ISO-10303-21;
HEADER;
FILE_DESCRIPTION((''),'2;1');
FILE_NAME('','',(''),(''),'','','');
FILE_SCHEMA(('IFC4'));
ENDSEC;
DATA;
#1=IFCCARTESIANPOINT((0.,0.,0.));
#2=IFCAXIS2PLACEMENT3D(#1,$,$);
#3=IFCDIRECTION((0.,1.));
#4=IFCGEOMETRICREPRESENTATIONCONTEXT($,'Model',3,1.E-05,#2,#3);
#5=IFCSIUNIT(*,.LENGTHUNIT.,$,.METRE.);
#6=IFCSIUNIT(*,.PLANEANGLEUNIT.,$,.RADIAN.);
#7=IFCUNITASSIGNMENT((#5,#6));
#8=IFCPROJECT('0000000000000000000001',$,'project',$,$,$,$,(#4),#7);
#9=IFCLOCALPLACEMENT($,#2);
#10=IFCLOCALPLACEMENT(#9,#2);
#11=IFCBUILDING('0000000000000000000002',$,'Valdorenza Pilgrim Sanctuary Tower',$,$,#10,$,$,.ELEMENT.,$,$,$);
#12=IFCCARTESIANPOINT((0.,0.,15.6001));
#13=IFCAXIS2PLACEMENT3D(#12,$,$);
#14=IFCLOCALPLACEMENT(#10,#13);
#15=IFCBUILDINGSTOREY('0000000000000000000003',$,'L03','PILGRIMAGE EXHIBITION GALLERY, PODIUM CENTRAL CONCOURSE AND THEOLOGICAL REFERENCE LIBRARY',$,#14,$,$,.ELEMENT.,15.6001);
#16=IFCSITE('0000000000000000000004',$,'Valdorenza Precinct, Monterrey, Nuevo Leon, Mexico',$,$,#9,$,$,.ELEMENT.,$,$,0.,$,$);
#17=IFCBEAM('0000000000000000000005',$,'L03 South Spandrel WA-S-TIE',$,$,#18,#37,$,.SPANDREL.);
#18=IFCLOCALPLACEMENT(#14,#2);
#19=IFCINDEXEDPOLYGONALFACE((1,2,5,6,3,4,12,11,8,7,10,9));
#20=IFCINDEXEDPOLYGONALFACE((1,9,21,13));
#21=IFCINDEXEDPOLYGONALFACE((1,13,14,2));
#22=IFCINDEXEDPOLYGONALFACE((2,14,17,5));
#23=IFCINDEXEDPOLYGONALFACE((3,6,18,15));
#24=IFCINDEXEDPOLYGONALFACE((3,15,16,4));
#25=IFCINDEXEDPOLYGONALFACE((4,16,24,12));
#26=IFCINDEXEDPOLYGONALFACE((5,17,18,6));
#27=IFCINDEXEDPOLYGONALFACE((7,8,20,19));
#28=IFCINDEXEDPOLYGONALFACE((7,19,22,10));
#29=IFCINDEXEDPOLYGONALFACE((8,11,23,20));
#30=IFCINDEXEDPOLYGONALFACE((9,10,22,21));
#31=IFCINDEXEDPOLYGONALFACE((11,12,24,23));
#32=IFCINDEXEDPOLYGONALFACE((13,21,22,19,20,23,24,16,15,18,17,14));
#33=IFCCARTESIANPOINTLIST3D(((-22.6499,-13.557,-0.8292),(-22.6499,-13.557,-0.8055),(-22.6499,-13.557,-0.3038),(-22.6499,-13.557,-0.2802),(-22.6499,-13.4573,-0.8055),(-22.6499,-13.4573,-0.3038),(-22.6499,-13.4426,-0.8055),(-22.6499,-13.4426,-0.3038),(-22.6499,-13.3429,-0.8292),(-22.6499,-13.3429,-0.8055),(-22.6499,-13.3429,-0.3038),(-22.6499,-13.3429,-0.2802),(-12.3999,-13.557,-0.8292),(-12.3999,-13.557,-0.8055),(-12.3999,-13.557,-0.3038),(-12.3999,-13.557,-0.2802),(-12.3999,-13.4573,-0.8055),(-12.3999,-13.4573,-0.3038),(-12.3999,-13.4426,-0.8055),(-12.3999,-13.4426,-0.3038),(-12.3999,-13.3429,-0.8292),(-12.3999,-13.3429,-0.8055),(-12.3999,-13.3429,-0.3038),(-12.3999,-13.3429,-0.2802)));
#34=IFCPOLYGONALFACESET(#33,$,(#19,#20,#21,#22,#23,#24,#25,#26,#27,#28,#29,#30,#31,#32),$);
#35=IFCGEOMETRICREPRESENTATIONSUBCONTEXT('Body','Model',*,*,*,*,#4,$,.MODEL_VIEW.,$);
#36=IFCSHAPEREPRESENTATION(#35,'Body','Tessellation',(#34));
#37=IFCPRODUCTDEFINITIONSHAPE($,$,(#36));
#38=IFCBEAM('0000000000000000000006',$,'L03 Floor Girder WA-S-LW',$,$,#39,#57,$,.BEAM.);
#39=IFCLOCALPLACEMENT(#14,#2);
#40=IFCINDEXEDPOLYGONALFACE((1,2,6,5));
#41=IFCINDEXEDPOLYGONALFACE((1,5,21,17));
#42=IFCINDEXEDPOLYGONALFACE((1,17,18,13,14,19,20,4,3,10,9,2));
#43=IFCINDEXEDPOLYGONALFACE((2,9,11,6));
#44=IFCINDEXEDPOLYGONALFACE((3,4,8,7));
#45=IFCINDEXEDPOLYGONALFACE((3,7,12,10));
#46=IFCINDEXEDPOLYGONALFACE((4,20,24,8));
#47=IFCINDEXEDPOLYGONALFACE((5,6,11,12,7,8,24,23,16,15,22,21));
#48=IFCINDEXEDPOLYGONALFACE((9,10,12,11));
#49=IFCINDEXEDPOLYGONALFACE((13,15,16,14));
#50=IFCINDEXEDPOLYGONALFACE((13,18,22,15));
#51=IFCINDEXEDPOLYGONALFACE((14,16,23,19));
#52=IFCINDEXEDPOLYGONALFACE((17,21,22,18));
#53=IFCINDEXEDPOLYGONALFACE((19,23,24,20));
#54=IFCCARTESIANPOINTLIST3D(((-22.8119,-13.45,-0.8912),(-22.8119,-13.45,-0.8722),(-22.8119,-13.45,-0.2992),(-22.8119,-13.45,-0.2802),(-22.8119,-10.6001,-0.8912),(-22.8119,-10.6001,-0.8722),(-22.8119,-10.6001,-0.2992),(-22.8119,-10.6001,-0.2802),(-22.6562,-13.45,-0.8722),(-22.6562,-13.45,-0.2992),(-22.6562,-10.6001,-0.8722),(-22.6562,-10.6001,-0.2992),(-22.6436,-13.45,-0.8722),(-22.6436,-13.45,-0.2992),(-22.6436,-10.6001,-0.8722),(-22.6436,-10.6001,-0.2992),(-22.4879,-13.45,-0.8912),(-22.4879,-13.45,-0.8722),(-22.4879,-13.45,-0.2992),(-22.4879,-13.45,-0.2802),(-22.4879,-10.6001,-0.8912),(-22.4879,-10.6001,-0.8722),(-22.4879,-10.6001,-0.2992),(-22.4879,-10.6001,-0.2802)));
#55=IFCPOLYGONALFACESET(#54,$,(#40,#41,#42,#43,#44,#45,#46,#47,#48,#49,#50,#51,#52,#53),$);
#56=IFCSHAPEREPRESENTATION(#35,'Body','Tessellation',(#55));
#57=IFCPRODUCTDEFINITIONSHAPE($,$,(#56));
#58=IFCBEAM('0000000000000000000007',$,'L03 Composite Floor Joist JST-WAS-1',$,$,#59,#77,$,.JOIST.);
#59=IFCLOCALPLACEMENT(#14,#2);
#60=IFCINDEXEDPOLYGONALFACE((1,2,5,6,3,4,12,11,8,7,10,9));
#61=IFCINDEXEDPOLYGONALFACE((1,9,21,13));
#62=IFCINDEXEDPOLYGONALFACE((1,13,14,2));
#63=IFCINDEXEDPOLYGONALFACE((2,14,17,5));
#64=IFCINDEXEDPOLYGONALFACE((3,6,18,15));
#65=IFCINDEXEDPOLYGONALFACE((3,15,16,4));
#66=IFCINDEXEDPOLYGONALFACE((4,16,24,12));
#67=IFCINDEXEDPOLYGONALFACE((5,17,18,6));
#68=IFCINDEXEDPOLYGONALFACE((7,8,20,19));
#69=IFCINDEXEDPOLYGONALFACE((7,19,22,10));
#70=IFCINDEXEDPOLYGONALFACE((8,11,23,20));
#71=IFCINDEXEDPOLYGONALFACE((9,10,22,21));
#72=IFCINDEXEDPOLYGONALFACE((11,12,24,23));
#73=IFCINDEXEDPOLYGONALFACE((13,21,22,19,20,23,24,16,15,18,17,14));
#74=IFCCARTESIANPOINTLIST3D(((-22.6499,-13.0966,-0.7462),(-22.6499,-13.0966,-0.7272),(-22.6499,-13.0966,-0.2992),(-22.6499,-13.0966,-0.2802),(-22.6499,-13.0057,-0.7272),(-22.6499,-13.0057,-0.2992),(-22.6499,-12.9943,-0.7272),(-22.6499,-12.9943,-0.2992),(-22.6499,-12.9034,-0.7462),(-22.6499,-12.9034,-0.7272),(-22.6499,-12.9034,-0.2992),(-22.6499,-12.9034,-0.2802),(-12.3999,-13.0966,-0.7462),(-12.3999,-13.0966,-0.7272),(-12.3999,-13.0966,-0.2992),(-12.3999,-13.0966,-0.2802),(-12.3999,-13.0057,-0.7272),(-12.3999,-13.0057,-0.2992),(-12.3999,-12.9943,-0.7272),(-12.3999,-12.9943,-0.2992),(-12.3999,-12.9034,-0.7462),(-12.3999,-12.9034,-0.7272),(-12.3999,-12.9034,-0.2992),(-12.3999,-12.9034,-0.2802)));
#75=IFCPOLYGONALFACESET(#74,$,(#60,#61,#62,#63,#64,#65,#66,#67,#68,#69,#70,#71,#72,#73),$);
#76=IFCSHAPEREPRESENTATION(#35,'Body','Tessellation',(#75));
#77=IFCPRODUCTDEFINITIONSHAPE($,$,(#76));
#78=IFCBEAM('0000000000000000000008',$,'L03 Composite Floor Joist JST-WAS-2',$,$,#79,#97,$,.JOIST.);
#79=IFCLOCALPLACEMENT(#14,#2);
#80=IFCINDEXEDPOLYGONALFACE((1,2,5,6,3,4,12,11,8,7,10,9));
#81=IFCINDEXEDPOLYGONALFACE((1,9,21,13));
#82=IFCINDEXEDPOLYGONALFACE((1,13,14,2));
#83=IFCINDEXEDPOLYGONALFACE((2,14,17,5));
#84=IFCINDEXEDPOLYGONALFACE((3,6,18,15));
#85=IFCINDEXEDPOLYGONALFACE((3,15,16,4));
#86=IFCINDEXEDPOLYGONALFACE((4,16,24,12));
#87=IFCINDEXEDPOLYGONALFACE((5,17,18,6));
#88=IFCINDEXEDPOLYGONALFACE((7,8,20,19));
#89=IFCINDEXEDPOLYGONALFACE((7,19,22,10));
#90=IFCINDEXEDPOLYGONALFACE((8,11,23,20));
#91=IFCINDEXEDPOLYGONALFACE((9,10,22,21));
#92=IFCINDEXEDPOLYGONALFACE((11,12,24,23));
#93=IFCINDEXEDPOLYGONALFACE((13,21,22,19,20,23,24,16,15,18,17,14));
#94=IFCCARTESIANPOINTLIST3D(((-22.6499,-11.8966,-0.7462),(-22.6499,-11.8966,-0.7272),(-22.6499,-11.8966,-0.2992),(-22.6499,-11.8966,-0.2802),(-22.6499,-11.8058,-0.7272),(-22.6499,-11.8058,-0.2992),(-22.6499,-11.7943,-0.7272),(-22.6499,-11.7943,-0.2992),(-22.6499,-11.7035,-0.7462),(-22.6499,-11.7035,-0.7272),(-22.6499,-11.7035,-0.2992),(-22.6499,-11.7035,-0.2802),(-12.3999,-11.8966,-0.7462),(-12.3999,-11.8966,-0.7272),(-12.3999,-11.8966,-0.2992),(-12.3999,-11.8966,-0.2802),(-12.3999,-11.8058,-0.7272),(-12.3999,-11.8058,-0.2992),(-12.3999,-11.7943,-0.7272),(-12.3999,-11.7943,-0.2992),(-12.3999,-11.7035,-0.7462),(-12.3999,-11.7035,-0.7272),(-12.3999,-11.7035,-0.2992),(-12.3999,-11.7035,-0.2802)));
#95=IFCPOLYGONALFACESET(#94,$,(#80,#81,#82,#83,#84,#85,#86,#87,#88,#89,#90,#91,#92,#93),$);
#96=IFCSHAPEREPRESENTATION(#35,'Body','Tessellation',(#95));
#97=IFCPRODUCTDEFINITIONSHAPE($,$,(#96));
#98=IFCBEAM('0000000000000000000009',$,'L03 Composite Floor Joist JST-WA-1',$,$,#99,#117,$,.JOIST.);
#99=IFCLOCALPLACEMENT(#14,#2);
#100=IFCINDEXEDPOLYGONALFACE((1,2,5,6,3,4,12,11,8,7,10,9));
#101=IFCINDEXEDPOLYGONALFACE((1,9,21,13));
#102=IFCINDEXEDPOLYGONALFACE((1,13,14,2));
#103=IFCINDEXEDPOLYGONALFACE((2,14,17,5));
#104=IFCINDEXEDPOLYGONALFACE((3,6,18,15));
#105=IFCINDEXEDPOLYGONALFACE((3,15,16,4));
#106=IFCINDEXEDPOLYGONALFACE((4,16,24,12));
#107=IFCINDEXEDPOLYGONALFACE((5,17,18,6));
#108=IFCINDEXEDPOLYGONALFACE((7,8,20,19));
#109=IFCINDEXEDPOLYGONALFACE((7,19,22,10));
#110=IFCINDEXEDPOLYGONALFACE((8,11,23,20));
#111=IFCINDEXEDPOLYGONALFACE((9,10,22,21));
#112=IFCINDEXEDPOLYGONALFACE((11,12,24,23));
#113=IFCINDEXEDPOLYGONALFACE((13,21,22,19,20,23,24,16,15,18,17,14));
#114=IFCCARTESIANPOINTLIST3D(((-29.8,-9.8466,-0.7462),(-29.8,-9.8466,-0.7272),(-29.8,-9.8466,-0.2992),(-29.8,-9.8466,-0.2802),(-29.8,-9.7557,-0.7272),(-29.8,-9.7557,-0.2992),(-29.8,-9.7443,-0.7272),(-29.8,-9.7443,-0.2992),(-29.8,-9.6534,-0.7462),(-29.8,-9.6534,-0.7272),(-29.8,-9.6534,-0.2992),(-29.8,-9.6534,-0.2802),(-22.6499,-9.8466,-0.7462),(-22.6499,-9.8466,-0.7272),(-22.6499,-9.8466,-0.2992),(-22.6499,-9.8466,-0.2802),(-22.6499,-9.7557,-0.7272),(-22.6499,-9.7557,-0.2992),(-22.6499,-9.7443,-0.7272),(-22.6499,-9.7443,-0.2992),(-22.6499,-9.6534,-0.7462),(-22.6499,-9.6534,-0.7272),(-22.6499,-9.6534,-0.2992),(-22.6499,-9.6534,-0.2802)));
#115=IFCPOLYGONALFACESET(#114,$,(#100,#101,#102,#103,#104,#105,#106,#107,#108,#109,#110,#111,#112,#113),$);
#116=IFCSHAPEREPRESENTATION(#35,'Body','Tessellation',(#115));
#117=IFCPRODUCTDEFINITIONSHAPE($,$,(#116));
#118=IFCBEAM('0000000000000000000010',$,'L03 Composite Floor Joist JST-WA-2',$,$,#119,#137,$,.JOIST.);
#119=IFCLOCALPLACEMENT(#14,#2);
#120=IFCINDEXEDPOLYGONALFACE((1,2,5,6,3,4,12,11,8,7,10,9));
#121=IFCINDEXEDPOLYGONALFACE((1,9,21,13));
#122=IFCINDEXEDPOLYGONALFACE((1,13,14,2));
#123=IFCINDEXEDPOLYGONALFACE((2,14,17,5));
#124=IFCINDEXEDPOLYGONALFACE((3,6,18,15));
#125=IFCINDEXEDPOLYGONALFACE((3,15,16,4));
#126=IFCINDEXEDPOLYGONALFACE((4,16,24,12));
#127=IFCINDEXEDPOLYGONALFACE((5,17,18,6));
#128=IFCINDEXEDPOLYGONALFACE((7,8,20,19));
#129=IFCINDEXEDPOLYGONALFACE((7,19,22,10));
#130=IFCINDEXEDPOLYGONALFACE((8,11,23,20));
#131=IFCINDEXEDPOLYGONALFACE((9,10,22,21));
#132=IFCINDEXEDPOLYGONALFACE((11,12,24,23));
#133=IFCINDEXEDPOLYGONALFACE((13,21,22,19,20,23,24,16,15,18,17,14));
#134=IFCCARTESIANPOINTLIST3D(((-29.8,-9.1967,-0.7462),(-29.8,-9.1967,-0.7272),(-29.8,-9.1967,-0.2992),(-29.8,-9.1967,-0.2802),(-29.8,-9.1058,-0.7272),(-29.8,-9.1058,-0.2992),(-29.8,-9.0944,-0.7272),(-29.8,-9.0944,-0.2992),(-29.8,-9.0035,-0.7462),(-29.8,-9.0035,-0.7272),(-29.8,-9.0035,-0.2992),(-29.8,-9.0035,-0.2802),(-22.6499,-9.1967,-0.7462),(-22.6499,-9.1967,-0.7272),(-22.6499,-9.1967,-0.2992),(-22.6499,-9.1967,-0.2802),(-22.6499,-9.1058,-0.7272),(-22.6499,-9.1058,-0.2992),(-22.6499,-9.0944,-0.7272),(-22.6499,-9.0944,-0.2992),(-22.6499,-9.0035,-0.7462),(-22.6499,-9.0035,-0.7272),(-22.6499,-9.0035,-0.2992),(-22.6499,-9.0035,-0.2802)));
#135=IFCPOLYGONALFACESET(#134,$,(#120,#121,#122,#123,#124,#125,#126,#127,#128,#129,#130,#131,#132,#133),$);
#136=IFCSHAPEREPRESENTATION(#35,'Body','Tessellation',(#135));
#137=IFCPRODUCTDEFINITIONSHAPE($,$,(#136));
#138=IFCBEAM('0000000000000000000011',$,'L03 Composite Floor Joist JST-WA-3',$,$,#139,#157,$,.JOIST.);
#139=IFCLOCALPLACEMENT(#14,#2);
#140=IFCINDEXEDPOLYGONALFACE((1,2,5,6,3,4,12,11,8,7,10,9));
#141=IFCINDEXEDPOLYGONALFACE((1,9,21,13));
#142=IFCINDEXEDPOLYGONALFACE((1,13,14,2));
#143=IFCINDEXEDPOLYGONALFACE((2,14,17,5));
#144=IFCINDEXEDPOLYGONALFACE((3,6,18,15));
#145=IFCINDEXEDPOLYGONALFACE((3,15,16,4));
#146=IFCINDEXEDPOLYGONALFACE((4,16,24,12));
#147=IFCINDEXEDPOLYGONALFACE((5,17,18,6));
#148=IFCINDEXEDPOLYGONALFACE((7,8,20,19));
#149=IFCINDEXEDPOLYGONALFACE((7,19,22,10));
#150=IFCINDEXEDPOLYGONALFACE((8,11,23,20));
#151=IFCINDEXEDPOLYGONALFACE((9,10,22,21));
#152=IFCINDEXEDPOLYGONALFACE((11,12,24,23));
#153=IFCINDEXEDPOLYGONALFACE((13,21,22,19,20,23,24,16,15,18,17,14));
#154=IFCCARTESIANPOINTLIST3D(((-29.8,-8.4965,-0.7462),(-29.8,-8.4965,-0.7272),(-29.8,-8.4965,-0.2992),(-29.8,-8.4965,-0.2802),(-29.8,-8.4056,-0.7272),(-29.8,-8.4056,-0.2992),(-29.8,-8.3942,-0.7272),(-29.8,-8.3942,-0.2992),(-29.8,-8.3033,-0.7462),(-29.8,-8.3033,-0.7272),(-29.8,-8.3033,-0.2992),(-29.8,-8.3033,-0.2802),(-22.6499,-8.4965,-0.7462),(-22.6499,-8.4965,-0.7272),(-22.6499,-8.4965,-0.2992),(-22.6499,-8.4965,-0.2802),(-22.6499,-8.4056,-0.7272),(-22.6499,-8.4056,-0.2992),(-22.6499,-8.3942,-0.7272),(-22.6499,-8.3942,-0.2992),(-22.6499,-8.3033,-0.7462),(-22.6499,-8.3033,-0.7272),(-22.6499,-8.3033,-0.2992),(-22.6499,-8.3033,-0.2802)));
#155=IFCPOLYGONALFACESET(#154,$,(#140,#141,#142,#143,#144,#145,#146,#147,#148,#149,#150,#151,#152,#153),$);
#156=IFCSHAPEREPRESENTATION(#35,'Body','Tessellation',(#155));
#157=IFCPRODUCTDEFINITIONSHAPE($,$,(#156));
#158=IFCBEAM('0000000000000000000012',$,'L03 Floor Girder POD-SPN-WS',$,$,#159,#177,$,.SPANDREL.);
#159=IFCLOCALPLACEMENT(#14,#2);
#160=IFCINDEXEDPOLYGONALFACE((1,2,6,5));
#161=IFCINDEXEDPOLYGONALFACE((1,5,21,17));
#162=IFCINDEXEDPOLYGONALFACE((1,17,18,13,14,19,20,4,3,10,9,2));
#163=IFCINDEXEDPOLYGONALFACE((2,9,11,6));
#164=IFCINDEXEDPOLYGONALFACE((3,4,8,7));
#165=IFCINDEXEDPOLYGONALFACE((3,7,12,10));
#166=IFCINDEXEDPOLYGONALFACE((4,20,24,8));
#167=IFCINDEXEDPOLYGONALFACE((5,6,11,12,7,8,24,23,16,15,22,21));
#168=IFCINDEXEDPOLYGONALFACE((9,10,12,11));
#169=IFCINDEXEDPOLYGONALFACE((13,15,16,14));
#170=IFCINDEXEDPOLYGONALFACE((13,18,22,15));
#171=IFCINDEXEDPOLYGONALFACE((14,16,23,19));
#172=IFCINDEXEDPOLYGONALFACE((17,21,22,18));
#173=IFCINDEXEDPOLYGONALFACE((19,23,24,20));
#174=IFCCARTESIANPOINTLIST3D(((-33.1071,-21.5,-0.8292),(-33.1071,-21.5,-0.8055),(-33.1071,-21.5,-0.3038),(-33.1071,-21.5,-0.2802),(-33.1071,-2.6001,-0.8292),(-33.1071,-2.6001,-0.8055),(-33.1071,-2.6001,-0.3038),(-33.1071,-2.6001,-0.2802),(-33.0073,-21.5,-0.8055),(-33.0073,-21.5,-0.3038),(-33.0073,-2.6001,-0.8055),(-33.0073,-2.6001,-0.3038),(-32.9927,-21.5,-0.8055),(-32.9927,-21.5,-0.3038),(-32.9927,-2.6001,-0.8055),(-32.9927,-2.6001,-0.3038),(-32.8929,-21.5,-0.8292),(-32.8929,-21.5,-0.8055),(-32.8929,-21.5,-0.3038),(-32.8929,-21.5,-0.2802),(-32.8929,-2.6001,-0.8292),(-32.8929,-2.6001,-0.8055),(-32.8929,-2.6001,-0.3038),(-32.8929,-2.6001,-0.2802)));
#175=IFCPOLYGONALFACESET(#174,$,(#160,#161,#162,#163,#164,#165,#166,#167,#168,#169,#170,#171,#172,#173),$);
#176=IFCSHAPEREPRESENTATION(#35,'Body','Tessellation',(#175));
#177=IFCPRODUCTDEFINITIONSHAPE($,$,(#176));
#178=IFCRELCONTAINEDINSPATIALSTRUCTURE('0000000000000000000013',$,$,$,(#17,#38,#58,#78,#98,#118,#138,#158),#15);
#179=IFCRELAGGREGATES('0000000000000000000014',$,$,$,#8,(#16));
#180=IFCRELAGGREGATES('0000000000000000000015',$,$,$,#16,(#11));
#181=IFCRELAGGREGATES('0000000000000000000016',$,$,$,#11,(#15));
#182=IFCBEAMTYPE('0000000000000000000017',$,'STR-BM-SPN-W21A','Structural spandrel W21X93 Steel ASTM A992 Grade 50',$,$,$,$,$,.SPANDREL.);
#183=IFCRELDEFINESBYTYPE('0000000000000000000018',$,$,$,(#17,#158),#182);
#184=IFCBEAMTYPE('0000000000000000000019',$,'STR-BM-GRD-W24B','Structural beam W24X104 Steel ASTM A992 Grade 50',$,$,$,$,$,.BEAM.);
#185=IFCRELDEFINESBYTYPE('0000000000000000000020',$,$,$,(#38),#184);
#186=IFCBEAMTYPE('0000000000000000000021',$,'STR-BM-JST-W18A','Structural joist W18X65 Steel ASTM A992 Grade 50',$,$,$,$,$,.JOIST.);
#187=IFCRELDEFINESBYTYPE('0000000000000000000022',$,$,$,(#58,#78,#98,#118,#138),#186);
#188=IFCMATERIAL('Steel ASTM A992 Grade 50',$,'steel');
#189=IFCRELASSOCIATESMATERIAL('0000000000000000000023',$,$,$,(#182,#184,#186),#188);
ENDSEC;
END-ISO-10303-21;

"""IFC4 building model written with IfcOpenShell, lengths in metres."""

from ifc_helpers import new_model, si_unit, direction, frame, origin, origin_2d, place, context, subcontext, project, spatial, i_section, extrude, source, transform, mapped, material, material_profile, profile_set, type_object, element, save


model = new_model("IFC4")

# Units and contexts
model_context = context("Model", 3, precision=1e-05, world=origin(), true_north=direction((0.0, 1.0)))
body_context = subcontext(model_context, "Body", "Model", "MODEL_VIEW")
ifc_project = project(units=[si_unit("LENGTHUNIT", "METRE"), si_unit("PLANEANGLEUNIT", "RADIAN")], contexts=[model_context])

# Site, building, storey
site_placement = place(None, origin())
site = spatial("IfcSite", under=ifc_project, at=site_placement, Name="Valdorenza Precinct, Monterrey, Nuevo Leon, Mexico", CompositionType="ELEMENT", RefElevation=0.0)
building_placement = place(site_placement, origin())
building = spatial("IfcBuilding", under=site, at=building_placement, Name="Valdorenza Pilgrim Sanctuary Tower", CompositionType="ELEMENT")
storey_placement = place(building_placement, frame((0.0, 0.0, 15.6001)))
storey = spatial("IfcBuildingStorey", under=building, at=storey_placement, Name="L03", Description="PILGRIMAGE EXHIBITION GALLERY, PODIUM CENTRAL CONCOURSE AND THEOLOGICAL REFERENCE LIBRARY", CompositionType="ELEMENT", Elevation=15.6001)

# Shared definitions
ifc_material_1 = material(Name="Steel ASTM A992 Grade 50", Category="steel")

# Beams
ifc_material_profile_1 = material_profile(ifc_material_1, i_section(OverallWidth=0.2141, OverallDepth=0.5491, WebThickness=0.0146, FlangeThickness=0.0237, at=origin_2d()), Name="W21X93")
ifc_profile_set_1 = profile_set([ifc_material_profile_1], Name="Steel ASTM A992 Grade 50")
beam_type_1 = type_object("IfcBeamType", Name="STR-BM-SPN-W21A", Description="Structural spandrel W21X93 Steel ASTM A992 Grade 50", PredefinedType="SPANDREL", material=ifc_profile_set_1)
ifc_material_profile_2 = material_profile(ifc_material_1, i_section(OverallWidth=0.324, OverallDepth=0.6111, WebThickness=0.0127, FlangeThickness=0.019, at=origin_2d()), Name="W24X104")
ifc_profile_set_2 = profile_set([ifc_material_profile_2], Name="Steel ASTM A992 Grade 50")
beam_type_2 = type_object("IfcBeamType", Name="STR-BM-GRD-W24B", Description="Structural beam W24X104 Steel ASTM A992 Grade 50", PredefinedType="BEAM", material=ifc_profile_set_2)
shared_shape_1 = source(origin(), body_context, "Body", "SweptSolid", [
    extrude(i_section(OverallWidth=0.2141, OverallDepth=0.5491, WebThickness=0.0146, FlangeThickness=0.0237, at=origin_2d()), origin(), (0.0, 0.0, 1.0), 10.25),
])
beam_1_placement = place(storey_placement, frame((-22.6499, -13.45, -0.5547), z_axis=(1.0, 0.0, 0.0), x_axis=(0.0, 1.0, 0.0)))
element("IfcBeam", 1, at=beam_1_placement, inside=storey, type_object=beam_type_1, Name="L03 South Spandrel WA-S-TIE", PredefinedType="SPANDREL", context=body_context, shape_type="MappedRepresentation", body=[
    mapped(shared_shape_1, transform((0.0, 0.0, 0.0), x_axis=(1.0, 0.0, 0.0), y_axis=(0.0, 1.0, 0.0), z_axis=(0.0, 0.0, 1.0), scale=1.0)),
])
shared_shape_2 = source(origin(), body_context, "Body", "SweptSolid", [
    extrude(i_section(OverallWidth=0.324, OverallDepth=0.6111, WebThickness=0.0127, FlangeThickness=0.019, at=origin_2d()), origin(), (0.0, 0.0, 1.0), 2.8499),
])
beam_2_placement = place(storey_placement, frame((-22.6499, -13.45, -0.5857), z_axis=(0.0, 1.0, 0.0), x_axis=(-1.0, 0.0, 0.0)))
element("IfcBeam", 2, at=beam_2_placement, inside=storey, type_object=beam_type_2, Name="L03 Floor Girder WA-S-LW", PredefinedType="BEAM", context=body_context, shape_type="MappedRepresentation", body=[
    mapped(shared_shape_2, transform((0.0, 0.0, 0.0), x_axis=(1.0, 0.0, 0.0), y_axis=(0.0, 1.0, 0.0), z_axis=(0.0, 0.0, 1.0), scale=1.0)),
])
ifc_material_profile_3 = material_profile(ifc_material_1, i_section(OverallWidth=0.1931, OverallDepth=0.4661, WebThickness=0.0115, FlangeThickness=0.019, at=origin_2d()), Name="W18X65")
ifc_profile_set_3 = profile_set([ifc_material_profile_3], Name="Steel ASTM A992 Grade 50")
beam_type_3 = type_object("IfcBeamType", Name="STR-BM-JST-W18A", Description="Structural joist W18X65 Steel ASTM A992 Grade 50", PredefinedType="JOIST", material=ifc_profile_set_3)
shared_shape_3 = source(origin(), body_context, "Body", "SweptSolid", [
    extrude(i_section(OverallWidth=0.1931, OverallDepth=0.4661, WebThickness=0.0115, FlangeThickness=0.019, at=origin_2d()), origin(), (0.0, 0.0, 1.0), 10.25),
])
for number, where, z_axis, x_axis, name in (
    (3, (-22.6499, -13.0, -0.5132), (1.0, 0.0, 0.0), (0.0, 1.0, 0.0), "L03 Composite Floor Joist JST-WAS-1"),
    (4, (-22.6499, -11.8, -0.5132), (1.0, 0.0, 0.0), (0.0, 1.0, 0.0), "L03 Composite Floor Joist JST-WAS-2"),
):
    element("IfcBeam", number, at=place(storey_placement, frame(where, z_axis=z_axis, x_axis=x_axis)), inside=storey, type_object=beam_type_3, Name=name, PredefinedType="JOIST", context=body_context, shape_type="MappedRepresentation", body=[
        mapped(shared_shape_3, transform((0.0, 0.0, 0.0), x_axis=(1.0, 0.0, 0.0), y_axis=(0.0, 1.0, 0.0), z_axis=(0.0, 0.0, 1.0), scale=1.0)),
    ])
shared_shape_4 = source(origin(), body_context, "Body", "SweptSolid", [
    extrude(i_section(OverallWidth=0.1931, OverallDepth=0.4661, WebThickness=0.0115, FlangeThickness=0.019, at=origin_2d()), origin(), (0.0, 0.0, 1.0), 7.1501),
])
for number, where, z_axis, x_axis, name in (
    (5, (-29.8, -9.75, -0.5132), (1.0, 0.0, 0.0), (0.0, 1.0, 0.0), "L03 Composite Floor Joist JST-WA-1"),
    (6, (-29.8, -9.1001, -0.5132), (1.0, 0.0, 0.0), (0.0, 1.0, 0.0), "L03 Composite Floor Joist JST-WA-2"),
    (7, (-29.8, -8.3999, -0.5132), (1.0, 0.0, 0.0), (0.0, 1.0, 0.0), "L03 Composite Floor Joist JST-WA-3"),
):
    element("IfcBeam", number, at=place(storey_placement, frame(where, z_axis=z_axis, x_axis=x_axis)), inside=storey, type_object=beam_type_3, Name=name, PredefinedType="JOIST", context=body_context, shape_type="MappedRepresentation", body=[
        mapped(shared_shape_4, transform((0.0, 0.0, 0.0), x_axis=(1.0, 0.0, 0.0), y_axis=(0.0, 1.0, 0.0), z_axis=(0.0, 0.0, 1.0), scale=1.0)),
    ])
shared_shape_5 = source(origin(), body_context, "Body", "SweptSolid", [
    extrude(i_section(OverallWidth=0.2141, OverallDepth=0.5491, WebThickness=0.0146, FlangeThickness=0.0237, at=origin_2d()), origin(), (0.0, 0.0, 1.0), 18.8999),
])
beam_3_placement = place(storey_placement, frame((-33.0, -21.5, -0.5547), z_axis=(0.0, 1.0, 0.0), x_axis=(-1.0, 0.0, 0.0)))
element("IfcBeam", 8, at=beam_3_placement, inside=storey, type_object=beam_type_1, Name="L03 Floor Girder POD-SPN-WS", PredefinedType="SPANDREL", context=body_context, shape_type="MappedRepresentation", body=[
    mapped(shared_shape_5, transform((0.0, 0.0, 0.0), x_axis=(1.0, 0.0, 0.0), y_axis=(0.0, 1.0, 0.0), z_axis=(0.0, 0.0, 1.0), scale=1.0)),
])

save(model, "model.ifc")
